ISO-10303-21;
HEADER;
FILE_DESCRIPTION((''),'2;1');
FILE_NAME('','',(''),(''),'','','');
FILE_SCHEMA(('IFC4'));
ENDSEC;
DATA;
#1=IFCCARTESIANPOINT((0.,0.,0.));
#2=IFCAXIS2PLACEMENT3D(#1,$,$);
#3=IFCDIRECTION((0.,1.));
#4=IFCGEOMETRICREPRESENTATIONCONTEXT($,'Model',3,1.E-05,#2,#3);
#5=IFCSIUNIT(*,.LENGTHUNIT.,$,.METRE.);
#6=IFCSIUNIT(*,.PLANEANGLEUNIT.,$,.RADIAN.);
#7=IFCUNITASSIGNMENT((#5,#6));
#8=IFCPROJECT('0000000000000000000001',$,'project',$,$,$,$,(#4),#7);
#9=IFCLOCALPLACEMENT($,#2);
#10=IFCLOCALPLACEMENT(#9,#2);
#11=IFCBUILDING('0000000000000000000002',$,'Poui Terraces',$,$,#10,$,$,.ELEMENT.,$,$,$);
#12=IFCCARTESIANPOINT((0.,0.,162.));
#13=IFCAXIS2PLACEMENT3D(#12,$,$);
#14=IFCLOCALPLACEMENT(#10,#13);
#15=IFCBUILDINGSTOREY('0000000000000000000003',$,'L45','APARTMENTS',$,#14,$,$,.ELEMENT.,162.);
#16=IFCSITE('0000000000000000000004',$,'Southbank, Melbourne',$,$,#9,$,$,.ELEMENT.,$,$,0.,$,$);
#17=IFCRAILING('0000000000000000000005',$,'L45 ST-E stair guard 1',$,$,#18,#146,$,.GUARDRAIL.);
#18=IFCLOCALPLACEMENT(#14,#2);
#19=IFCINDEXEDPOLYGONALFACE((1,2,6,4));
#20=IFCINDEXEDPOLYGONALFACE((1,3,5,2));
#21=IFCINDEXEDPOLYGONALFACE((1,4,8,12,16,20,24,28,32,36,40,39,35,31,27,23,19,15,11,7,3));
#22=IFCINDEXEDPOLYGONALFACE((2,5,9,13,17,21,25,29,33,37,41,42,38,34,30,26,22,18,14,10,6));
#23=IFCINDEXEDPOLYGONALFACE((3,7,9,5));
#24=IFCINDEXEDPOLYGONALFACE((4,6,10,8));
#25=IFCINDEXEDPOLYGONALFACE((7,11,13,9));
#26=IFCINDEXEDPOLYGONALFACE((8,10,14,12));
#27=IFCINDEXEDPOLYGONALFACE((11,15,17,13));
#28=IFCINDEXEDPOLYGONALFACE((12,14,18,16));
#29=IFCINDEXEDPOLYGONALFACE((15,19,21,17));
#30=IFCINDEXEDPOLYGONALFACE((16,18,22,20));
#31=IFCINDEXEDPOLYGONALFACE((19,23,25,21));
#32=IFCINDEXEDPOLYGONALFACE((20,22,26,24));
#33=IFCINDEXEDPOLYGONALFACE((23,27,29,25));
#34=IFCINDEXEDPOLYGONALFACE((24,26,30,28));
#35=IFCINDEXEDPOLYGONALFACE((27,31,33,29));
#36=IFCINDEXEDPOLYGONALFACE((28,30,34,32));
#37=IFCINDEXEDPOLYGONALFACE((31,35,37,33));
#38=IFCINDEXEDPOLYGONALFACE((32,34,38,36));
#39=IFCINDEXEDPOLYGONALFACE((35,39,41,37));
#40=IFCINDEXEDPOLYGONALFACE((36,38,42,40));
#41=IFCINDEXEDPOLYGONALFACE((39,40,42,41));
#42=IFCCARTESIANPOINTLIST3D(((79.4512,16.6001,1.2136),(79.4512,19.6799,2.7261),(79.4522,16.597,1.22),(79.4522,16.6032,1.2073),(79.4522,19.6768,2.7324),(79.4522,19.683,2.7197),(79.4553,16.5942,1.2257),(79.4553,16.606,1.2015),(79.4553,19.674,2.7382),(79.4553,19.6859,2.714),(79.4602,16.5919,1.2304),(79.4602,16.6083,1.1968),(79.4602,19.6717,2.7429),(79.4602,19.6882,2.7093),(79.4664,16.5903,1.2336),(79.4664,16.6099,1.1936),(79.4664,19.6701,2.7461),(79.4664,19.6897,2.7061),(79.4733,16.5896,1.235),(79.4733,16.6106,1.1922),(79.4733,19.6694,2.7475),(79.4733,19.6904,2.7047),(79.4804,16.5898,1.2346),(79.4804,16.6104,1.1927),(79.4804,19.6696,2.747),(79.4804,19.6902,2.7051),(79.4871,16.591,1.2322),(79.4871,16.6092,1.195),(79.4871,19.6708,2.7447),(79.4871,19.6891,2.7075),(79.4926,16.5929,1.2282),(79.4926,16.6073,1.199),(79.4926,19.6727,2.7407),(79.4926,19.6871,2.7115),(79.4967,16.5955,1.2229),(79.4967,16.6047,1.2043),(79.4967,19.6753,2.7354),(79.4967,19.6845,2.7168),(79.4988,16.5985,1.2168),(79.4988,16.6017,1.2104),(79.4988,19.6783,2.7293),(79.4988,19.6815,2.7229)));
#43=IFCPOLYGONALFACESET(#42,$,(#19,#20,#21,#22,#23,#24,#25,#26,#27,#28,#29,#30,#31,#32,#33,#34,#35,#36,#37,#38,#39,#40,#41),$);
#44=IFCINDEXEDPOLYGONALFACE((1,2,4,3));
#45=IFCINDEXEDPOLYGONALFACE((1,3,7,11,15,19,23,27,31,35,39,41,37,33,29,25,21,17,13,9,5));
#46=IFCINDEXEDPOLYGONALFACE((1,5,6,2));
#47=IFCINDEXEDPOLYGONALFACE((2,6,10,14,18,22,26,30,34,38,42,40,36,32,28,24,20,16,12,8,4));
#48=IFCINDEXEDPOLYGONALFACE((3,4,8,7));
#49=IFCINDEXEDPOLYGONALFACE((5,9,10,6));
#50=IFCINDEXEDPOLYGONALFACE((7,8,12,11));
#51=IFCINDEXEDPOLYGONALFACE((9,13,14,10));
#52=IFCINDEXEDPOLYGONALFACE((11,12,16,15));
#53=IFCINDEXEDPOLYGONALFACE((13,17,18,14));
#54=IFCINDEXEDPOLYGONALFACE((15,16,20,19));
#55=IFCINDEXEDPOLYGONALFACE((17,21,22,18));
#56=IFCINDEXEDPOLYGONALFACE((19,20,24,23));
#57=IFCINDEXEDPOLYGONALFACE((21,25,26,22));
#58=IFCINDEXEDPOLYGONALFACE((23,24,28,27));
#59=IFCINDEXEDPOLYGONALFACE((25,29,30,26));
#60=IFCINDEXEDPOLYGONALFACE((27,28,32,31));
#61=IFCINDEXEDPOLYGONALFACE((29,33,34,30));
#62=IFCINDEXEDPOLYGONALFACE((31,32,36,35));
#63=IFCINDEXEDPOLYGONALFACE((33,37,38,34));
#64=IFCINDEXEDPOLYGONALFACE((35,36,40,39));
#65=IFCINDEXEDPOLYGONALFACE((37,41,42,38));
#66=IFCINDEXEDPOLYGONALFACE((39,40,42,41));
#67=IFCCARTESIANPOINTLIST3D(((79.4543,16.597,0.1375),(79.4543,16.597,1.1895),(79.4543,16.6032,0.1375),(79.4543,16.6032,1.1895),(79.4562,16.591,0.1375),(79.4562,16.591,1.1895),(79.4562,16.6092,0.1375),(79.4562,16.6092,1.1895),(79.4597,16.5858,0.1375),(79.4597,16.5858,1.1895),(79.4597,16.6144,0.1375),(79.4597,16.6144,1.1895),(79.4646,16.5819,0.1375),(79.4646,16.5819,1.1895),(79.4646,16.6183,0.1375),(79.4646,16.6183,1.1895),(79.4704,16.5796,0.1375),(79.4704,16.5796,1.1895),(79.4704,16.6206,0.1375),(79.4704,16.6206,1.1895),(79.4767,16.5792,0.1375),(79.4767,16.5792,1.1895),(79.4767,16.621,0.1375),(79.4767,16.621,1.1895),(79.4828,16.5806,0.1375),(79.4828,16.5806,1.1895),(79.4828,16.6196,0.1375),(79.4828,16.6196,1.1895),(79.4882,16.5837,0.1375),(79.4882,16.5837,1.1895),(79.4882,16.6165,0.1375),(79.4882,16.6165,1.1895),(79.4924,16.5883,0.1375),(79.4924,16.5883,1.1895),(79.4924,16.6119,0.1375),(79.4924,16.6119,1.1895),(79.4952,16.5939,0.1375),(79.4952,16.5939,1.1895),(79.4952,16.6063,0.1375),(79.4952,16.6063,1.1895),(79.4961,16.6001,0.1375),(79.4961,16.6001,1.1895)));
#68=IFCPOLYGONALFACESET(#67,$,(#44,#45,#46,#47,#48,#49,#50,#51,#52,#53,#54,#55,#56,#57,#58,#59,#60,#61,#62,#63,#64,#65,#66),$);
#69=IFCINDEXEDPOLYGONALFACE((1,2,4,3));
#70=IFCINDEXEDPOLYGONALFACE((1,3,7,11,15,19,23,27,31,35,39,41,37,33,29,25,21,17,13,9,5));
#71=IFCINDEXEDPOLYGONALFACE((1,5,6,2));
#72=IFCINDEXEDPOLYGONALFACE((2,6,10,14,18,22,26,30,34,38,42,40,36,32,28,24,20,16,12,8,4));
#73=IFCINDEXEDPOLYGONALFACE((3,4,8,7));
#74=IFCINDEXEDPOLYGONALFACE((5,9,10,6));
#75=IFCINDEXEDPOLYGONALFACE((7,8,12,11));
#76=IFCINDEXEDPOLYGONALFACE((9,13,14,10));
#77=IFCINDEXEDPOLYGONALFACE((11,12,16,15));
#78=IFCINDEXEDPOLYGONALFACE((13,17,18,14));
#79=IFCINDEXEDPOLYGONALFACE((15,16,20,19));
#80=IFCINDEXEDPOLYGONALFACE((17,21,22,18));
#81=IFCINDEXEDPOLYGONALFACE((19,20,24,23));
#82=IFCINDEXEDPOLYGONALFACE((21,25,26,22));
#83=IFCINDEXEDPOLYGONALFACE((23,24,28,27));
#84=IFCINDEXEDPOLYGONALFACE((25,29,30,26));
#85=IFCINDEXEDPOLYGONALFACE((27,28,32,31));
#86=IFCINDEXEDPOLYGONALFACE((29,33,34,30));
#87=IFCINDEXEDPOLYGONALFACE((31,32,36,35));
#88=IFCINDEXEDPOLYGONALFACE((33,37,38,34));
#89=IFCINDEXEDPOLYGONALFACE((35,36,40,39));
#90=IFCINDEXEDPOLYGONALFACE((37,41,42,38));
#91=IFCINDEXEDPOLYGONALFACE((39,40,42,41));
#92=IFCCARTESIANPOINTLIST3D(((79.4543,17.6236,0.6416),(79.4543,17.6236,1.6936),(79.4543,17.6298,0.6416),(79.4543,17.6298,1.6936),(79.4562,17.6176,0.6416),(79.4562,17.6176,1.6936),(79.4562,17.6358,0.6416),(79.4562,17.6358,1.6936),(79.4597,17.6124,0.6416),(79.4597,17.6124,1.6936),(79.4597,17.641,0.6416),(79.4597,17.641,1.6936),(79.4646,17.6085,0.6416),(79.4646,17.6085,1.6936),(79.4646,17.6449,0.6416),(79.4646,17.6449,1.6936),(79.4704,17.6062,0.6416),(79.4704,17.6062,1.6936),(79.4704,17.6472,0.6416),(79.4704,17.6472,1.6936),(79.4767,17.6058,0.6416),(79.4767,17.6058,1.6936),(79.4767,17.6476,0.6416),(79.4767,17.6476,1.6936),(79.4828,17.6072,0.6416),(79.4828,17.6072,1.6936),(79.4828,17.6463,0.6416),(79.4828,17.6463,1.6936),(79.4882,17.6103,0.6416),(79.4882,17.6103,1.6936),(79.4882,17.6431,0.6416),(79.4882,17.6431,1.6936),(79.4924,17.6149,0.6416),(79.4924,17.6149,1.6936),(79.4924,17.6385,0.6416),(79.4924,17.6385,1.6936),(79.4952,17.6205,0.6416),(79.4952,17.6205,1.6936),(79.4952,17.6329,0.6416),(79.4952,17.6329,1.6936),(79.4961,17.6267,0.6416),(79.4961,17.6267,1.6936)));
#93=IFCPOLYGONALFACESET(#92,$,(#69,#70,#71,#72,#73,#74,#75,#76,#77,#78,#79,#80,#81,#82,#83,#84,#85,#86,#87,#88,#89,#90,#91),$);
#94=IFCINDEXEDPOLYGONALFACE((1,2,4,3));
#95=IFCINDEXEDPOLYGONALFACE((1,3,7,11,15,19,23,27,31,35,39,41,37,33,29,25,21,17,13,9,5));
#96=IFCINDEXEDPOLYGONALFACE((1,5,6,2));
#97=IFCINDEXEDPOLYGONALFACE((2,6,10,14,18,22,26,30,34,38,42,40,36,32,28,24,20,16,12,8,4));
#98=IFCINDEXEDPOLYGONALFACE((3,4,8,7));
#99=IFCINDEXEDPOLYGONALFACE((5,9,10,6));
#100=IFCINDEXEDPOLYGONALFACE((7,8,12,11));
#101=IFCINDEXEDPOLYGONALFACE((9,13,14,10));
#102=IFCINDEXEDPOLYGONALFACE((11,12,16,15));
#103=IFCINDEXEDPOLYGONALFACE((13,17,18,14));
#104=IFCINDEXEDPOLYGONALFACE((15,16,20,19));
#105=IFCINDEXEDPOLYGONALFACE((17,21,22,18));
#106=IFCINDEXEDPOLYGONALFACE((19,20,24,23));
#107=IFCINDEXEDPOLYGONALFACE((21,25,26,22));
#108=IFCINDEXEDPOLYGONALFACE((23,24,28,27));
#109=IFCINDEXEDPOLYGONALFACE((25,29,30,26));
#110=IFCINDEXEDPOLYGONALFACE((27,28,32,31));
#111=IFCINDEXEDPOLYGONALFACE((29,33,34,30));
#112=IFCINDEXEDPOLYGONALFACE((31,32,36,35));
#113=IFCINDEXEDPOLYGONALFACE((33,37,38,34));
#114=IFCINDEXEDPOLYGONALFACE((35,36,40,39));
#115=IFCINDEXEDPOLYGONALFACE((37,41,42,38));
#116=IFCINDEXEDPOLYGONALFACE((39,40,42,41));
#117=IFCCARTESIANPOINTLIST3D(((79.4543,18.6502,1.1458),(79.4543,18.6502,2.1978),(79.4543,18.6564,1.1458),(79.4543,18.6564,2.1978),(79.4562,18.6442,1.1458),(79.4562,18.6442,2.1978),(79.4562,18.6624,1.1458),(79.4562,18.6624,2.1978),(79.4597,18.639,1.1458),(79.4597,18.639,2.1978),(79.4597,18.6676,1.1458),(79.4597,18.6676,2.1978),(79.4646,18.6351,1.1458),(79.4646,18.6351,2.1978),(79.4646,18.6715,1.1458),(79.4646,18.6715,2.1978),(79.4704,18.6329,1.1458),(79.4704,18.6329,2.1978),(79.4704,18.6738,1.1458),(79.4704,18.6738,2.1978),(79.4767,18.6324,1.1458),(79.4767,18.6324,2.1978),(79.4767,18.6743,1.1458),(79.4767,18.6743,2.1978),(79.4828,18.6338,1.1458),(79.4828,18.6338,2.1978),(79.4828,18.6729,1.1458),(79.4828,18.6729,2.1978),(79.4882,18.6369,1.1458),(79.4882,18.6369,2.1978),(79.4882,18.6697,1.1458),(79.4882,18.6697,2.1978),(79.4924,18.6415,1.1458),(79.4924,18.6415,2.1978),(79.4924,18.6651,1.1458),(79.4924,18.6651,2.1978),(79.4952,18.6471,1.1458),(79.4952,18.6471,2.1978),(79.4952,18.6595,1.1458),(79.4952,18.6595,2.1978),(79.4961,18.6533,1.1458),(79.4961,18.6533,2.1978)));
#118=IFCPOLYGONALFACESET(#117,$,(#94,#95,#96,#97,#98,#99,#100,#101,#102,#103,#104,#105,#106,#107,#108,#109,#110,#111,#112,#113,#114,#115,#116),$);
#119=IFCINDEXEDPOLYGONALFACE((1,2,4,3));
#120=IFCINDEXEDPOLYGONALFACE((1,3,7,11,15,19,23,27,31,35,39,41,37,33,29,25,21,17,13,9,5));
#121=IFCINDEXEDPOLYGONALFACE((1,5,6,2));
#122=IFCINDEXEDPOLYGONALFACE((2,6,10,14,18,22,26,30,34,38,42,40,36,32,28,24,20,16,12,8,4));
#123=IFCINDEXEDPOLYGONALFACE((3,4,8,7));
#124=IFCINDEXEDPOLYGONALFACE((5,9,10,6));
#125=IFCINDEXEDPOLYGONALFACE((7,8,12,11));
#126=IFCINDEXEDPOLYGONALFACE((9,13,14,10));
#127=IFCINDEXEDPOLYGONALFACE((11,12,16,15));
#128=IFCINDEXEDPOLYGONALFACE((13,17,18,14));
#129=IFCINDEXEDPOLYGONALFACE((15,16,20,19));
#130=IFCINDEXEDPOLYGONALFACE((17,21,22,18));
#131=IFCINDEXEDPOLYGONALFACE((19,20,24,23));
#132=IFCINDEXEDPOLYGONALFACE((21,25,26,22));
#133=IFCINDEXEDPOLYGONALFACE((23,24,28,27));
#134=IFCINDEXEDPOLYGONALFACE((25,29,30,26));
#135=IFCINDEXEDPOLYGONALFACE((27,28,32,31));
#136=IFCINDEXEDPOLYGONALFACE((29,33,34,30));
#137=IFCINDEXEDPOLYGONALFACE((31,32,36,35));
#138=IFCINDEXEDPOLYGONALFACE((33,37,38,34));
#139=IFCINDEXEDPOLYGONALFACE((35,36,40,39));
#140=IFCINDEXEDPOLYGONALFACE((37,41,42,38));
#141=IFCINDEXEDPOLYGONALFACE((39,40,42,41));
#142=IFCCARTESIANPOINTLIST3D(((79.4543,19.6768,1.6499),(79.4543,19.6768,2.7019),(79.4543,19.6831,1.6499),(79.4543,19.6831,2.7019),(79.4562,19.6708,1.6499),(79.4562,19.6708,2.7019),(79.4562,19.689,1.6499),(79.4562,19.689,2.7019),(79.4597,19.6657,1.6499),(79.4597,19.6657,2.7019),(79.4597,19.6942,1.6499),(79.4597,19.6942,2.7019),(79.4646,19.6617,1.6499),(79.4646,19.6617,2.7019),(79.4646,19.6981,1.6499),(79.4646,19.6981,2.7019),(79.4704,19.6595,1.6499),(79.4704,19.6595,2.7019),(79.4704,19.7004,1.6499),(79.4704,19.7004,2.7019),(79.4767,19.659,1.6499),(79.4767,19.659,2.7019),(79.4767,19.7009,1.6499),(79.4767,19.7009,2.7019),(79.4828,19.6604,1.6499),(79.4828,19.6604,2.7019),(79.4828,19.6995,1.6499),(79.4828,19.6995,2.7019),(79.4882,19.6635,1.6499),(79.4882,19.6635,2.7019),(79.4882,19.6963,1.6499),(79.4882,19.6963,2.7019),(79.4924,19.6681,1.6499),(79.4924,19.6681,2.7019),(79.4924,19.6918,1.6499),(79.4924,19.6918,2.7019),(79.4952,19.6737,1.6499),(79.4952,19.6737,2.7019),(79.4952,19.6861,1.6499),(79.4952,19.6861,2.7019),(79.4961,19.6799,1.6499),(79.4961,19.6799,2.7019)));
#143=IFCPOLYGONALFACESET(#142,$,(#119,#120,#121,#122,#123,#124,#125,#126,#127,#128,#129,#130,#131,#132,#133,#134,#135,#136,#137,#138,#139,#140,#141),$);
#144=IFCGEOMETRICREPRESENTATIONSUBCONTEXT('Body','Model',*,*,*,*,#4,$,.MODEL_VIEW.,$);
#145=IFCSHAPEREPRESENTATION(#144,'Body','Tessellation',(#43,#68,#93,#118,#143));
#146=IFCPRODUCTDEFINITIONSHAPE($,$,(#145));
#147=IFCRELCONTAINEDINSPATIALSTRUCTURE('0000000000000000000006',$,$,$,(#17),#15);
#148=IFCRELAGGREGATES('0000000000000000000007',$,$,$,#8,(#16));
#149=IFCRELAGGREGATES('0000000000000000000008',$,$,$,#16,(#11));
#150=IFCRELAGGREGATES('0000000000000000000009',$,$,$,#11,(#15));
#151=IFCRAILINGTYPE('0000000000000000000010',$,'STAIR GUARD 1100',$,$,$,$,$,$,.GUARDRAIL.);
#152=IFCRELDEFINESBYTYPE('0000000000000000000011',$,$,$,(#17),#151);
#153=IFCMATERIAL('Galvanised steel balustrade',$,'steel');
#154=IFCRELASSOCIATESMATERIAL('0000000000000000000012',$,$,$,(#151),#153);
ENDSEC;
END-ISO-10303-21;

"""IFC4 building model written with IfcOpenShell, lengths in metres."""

from ifc_helpers import new_model, si_unit, direction, frame, origin, origin_2d, place, context, subcontext, project, spatial, circle, extrude, material, type_object, element, save


model = new_model("IFC4")

# Units and contexts
model_context = context("Model", 3, precision=1e-05, world=origin(), true_north=direction((0.0, 1.0)))
body_context = subcontext(model_context, "Body", "Model", "MODEL_VIEW")
ifc_project = project(units=[si_unit("LENGTHUNIT", "METRE"), si_unit("PLANEANGLEUNIT", "RADIAN")], contexts=[model_context])

# Site, building, storey
site_placement = place(None, origin())
site = spatial("IfcSite", under=ifc_project, at=site_placement, Name="Southbank, Melbourne", CompositionType="ELEMENT", RefElevation=0.0)
building_placement = place(site_placement, origin())
building = spatial("IfcBuilding", under=site, at=building_placement, Name="Poui Terraces", CompositionType="ELEMENT")
storey_placement = place(building_placement, frame((0.0, 0.0, 162.0)))
storey = spatial("IfcBuildingStorey", under=building, at=storey_placement, Name="L45", Description="APARTMENTS", CompositionType="ELEMENT", Elevation=162.0)

# Railing
ifc_material_1 = material(Name="Galvanised steel balustrade", Category="steel")
railing_type_1 = type_object("IfcRailingType", Name="STAIR GUARD 1100", PredefinedType="GUARDRAIL", material=ifc_material_1)
railing_1_placement = place(storey_placement, frame((79.4751, 16.6001, 0.1375)))
element("IfcRailing", 1, at=railing_1_placement, inside=storey, type_object=railing_type_1, Name="L45 ST-E stair guard 1", PredefinedType="GUARDRAIL", context=body_context, shape_type="SweptSolid", body=[
    extrude(circle(Radius=0.0239, at=origin_2d()), frame((0.0, 0.0, 1.0762), z_axis=(0.0, 0.897606, 0.440798), x_axis=(-1.0, 0.0, 0.0)), (0.0, 0.0, 1.0), 3.4312),
    extrude(circle(Radius=0.021, at=origin_2d()), origin(), (0.0, 0.0, 1.0), 1.052),
    extrude(circle(Radius=0.021, at=origin_2d()), frame((0.0, 1.0266, 0.5042)), (0.0, 0.0, 1.0), 1.052),
    extrude(circle(Radius=0.021, at=origin_2d()), frame((0.0, 2.0532, 1.0083)), (0.0, 0.0, 1.0), 1.052),
    extrude(circle(Radius=0.021, at=origin_2d()), frame((0.0, 3.0798, 1.5125)), (0.0, 0.0, 1.0), 1.052),
])

save(model, "model.ifc")
